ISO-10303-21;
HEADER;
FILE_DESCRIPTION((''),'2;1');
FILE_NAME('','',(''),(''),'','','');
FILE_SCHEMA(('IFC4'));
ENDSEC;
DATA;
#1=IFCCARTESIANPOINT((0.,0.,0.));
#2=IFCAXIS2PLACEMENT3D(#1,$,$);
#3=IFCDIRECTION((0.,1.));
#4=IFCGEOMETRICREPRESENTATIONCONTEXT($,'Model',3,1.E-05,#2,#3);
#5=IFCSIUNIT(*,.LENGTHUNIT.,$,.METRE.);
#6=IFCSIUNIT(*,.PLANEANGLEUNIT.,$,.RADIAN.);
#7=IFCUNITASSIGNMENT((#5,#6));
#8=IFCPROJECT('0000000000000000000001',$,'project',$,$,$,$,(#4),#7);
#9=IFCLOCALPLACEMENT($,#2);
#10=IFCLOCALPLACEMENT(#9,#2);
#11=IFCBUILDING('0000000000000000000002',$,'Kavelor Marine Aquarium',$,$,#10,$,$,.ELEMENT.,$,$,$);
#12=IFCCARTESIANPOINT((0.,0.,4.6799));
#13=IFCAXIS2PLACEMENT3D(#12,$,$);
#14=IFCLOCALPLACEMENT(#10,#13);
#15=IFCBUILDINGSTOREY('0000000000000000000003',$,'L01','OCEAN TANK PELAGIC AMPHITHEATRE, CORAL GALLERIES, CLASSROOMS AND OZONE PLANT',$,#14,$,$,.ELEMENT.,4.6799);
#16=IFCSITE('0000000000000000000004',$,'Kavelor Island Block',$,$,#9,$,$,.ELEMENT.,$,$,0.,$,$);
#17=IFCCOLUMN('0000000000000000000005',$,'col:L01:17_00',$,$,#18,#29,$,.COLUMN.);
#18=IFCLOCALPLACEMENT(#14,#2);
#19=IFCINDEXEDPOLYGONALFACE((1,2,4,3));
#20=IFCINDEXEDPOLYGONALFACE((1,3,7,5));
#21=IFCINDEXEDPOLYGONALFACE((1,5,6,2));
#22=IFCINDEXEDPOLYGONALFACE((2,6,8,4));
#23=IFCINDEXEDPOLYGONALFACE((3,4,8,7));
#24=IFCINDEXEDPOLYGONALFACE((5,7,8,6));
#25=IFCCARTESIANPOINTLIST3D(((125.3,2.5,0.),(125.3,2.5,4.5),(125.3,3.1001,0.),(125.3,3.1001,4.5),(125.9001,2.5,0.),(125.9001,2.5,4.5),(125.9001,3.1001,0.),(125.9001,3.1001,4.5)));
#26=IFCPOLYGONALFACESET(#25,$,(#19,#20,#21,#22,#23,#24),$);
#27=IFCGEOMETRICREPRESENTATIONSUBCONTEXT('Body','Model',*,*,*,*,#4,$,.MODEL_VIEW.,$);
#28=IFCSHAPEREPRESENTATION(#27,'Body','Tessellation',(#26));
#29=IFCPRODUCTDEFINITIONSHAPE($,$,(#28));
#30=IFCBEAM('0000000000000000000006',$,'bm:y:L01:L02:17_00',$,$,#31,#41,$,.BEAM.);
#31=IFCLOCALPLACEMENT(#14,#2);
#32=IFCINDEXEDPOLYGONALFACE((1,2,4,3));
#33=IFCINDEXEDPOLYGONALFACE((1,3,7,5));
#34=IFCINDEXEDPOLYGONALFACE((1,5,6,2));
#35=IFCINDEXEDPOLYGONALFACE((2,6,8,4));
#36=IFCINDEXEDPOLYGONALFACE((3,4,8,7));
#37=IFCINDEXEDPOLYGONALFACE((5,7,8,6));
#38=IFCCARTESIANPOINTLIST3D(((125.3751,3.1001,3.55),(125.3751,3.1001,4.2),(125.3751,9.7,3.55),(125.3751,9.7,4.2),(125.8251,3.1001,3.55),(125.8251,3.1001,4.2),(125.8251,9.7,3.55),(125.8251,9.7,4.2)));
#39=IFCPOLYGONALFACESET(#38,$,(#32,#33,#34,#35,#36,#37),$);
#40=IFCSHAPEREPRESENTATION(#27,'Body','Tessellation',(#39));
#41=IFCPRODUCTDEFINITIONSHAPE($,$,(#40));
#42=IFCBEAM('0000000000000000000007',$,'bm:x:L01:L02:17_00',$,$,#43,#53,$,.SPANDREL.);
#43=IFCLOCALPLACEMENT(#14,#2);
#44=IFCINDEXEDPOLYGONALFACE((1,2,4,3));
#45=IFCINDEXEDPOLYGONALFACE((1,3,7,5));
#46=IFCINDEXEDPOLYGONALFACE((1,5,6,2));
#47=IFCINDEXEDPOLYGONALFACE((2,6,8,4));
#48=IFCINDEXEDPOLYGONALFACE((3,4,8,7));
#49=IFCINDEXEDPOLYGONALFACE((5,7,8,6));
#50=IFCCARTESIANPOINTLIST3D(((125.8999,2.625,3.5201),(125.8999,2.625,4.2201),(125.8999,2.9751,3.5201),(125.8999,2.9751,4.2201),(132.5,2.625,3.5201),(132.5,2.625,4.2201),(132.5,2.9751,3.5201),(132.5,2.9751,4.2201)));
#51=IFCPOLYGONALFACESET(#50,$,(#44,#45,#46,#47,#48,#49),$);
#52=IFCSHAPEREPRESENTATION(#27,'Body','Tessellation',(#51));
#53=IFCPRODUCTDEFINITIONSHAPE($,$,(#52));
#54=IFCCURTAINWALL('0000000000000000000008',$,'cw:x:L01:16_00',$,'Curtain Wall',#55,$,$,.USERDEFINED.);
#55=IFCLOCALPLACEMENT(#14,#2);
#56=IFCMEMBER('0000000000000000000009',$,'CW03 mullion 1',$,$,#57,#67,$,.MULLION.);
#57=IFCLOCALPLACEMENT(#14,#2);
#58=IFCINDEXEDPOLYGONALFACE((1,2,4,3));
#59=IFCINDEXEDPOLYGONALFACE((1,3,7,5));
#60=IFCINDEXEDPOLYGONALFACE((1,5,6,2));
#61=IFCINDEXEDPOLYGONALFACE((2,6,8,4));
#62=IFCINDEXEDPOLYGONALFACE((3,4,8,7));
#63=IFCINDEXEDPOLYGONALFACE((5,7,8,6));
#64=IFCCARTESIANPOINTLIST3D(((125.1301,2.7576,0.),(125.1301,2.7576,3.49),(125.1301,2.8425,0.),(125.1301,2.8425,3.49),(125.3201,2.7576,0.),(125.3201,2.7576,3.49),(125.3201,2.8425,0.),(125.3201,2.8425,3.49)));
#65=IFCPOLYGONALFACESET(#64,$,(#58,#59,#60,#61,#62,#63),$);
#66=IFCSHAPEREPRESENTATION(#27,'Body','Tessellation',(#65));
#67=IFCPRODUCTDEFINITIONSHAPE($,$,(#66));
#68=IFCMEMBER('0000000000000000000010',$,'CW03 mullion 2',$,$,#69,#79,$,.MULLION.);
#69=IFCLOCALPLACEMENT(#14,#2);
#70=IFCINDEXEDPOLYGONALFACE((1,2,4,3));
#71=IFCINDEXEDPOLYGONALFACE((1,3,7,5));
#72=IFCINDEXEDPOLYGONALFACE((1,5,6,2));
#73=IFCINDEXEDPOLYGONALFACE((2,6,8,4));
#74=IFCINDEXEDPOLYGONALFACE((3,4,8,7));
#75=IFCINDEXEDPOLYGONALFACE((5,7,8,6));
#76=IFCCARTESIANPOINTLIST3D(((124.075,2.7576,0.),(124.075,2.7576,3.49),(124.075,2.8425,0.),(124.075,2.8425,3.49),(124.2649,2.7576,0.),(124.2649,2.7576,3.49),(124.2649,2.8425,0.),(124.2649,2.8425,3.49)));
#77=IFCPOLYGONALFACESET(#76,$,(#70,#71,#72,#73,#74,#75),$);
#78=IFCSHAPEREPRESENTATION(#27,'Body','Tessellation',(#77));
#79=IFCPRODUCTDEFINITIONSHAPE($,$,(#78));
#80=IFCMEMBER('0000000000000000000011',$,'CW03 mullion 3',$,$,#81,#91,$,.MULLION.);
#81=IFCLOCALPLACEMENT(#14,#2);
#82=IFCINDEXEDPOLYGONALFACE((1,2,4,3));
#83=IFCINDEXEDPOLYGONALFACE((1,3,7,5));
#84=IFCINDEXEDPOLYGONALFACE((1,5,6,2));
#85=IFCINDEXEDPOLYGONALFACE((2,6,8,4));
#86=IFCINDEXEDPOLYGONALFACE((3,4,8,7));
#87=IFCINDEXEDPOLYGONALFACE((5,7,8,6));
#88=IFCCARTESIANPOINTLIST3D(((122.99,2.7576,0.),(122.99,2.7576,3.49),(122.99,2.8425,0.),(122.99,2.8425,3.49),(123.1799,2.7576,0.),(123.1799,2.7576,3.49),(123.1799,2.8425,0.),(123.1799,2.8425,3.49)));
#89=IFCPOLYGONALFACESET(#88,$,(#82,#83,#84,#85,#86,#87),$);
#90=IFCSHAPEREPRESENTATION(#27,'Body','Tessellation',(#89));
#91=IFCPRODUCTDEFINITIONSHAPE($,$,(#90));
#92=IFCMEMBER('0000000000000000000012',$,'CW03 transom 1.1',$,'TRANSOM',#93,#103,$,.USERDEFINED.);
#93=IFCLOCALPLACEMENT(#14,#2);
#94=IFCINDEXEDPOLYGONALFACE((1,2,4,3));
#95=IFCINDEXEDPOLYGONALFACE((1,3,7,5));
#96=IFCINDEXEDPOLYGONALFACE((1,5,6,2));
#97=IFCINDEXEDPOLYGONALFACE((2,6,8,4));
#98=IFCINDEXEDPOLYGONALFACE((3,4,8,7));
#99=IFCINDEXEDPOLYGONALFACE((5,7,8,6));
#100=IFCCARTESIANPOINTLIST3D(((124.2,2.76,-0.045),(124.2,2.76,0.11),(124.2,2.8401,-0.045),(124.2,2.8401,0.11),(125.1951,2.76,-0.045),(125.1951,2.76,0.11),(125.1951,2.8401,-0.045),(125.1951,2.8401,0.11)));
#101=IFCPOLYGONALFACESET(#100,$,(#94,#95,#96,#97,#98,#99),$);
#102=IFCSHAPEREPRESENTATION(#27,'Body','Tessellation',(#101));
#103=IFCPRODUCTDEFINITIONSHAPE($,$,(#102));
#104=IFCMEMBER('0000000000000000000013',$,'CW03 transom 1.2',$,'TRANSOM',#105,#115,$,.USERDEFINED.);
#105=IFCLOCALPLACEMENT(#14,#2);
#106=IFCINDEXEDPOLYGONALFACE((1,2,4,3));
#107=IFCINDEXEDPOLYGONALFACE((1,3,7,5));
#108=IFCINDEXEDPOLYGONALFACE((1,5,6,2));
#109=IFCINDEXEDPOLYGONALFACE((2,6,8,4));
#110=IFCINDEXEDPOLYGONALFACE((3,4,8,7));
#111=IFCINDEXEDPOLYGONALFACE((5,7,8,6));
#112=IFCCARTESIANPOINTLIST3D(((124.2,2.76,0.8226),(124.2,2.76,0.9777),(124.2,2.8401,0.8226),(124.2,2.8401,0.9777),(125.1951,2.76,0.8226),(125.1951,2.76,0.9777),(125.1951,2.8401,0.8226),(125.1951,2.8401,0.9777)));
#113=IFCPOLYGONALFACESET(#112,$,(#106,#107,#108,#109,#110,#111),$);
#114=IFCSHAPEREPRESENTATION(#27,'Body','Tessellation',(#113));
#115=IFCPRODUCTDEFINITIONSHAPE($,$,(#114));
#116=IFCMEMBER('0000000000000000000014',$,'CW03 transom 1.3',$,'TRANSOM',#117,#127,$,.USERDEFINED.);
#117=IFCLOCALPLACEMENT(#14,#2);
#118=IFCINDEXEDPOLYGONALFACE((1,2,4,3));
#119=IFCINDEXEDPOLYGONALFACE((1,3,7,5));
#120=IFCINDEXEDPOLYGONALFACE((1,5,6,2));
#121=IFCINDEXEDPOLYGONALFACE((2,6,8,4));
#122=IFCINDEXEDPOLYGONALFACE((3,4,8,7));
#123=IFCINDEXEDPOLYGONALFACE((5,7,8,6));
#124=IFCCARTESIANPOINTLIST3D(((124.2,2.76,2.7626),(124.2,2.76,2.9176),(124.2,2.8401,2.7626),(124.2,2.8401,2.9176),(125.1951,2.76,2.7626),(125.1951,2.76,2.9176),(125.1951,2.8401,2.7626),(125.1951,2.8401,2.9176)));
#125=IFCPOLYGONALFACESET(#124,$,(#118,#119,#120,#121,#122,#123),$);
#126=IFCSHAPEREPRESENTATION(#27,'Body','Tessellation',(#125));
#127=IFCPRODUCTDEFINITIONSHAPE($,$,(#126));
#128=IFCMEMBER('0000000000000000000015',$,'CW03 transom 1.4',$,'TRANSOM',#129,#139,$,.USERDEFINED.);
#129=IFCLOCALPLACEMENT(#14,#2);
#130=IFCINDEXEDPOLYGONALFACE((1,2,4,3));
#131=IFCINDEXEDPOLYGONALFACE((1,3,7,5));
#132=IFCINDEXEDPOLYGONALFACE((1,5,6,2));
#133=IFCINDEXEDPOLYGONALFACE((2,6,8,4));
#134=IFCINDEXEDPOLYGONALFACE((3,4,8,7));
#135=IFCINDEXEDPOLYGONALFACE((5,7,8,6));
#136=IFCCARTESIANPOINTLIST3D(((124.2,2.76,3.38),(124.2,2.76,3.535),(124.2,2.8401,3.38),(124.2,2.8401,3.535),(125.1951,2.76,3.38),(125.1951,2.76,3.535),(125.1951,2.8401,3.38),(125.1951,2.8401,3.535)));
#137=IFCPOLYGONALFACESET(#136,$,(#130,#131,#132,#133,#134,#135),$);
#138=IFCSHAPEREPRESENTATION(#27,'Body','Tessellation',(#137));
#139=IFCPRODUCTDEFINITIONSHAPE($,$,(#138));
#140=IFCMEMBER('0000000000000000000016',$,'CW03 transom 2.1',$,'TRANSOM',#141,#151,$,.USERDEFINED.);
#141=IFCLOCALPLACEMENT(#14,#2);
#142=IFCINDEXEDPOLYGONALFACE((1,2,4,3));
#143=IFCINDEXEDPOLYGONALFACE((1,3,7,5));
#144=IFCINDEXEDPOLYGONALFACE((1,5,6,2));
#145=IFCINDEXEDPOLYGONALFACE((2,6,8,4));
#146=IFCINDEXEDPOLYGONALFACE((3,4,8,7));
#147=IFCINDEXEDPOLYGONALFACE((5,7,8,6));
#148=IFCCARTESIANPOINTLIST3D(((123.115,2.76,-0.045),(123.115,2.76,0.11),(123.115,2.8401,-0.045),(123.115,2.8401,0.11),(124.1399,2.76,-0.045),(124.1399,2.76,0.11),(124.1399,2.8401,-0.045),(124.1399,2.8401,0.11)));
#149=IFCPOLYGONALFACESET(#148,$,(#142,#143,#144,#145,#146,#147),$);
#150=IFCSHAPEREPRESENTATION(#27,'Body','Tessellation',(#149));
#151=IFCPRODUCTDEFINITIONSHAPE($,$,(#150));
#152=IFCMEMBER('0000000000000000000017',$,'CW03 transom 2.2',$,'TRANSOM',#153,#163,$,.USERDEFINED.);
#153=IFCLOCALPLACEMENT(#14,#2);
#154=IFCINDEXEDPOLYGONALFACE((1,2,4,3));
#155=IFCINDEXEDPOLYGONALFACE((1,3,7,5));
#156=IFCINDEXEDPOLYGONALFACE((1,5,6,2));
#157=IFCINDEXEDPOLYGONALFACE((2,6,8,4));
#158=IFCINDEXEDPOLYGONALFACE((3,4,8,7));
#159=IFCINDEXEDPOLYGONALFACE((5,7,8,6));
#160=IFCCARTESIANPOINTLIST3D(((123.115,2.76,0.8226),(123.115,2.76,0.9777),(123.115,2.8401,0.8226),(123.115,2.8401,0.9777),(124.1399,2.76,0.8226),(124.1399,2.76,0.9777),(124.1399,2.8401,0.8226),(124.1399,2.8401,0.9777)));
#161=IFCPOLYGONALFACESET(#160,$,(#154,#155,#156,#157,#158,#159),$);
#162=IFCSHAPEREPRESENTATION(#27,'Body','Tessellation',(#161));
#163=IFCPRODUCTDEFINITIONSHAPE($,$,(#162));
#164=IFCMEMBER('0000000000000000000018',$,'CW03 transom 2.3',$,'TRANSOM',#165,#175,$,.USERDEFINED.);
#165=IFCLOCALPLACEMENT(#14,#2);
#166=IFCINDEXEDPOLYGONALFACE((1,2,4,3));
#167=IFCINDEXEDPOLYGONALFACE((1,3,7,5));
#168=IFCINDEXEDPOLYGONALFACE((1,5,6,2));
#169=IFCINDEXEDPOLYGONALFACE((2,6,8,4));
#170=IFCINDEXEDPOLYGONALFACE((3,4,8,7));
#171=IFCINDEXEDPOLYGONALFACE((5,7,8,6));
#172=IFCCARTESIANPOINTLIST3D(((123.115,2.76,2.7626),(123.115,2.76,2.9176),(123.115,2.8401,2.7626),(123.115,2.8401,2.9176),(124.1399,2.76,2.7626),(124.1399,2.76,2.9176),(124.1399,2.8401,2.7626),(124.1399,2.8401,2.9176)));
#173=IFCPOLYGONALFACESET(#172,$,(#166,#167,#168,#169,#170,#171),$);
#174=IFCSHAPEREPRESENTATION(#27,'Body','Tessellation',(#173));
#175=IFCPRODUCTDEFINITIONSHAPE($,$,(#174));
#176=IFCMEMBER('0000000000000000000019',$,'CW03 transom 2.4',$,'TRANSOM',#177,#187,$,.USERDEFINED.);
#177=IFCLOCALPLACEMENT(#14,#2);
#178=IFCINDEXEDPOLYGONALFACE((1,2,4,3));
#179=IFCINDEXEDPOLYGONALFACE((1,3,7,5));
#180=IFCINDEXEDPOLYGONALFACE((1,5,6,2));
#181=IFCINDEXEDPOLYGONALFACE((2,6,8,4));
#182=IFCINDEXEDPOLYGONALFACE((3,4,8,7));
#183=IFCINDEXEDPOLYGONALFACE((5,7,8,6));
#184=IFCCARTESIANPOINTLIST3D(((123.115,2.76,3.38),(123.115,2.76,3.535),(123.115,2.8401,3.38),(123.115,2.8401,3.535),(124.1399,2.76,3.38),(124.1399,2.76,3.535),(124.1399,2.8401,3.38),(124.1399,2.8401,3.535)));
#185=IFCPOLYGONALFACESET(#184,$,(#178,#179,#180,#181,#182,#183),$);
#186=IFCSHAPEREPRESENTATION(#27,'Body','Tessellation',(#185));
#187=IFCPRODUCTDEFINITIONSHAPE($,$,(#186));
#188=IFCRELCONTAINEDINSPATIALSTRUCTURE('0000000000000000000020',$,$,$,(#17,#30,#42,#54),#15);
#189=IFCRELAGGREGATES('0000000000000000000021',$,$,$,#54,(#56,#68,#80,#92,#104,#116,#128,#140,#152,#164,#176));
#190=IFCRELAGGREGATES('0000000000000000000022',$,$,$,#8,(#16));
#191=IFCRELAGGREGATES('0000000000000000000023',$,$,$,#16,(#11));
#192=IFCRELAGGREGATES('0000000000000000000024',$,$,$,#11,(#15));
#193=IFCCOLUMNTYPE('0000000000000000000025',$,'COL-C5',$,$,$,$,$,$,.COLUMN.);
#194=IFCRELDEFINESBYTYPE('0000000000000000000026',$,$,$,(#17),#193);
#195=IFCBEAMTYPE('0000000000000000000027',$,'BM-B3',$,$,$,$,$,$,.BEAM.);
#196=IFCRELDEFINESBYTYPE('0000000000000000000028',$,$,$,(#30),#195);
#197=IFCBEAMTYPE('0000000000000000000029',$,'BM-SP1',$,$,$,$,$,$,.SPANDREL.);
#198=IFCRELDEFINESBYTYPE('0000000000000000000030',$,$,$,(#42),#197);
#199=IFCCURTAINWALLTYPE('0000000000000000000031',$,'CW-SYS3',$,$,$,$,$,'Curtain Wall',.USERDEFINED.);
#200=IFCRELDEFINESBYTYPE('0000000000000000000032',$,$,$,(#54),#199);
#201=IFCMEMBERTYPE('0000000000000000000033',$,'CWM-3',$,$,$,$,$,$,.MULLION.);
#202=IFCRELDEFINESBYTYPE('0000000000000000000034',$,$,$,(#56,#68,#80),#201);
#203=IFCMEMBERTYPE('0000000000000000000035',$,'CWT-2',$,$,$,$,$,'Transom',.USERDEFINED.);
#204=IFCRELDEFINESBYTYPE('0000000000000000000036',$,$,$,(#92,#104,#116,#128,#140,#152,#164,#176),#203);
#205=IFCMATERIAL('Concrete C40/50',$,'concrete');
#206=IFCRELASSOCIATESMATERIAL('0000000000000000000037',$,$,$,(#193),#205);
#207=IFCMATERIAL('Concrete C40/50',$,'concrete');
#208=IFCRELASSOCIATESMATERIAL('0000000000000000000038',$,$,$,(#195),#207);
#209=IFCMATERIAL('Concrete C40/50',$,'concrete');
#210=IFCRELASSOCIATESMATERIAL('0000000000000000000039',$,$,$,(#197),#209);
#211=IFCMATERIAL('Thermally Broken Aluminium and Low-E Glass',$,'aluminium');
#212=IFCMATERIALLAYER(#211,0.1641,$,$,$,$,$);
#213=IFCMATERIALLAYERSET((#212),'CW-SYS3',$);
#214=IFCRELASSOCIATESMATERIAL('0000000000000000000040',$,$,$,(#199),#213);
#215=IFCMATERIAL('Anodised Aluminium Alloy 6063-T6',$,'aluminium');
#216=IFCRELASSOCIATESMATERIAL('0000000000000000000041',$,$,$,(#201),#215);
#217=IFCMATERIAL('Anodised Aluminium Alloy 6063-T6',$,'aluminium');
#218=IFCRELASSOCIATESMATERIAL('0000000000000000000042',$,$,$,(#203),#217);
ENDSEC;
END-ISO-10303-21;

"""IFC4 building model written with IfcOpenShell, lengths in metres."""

from ifc_helpers import new_model, si_unit, direction, frame, origin, origin_2d, place, context, subcontext, project, spatial, rectangle, extrude, material, layer, layer_set, material_profile, profile_set, type_object, element, aggregate, save


model = new_model("IFC4")

# Units and contexts
model_context = context("Model", 3, precision=1e-05, world=origin(), true_north=direction((0.0, 1.0)))
body_context = subcontext(model_context, "Body", "Model", "MODEL_VIEW")
ifc_project = project(units=[si_unit("LENGTHUNIT", "METRE"), si_unit("PLANEANGLEUNIT", "RADIAN")], contexts=[model_context])

# Site, building, storey
site_placement = place(None, origin())
site = spatial("IfcSite", under=ifc_project, at=site_placement, Name="Kavelor Island Block", CompositionType="ELEMENT", RefElevation=0.0)
building_placement = place(site_placement, origin())
building = spatial("IfcBuilding", under=site, at=building_placement, Name="Kavelor Marine Aquarium", CompositionType="ELEMENT")
storey_placement = place(building_placement, frame((0.0, 0.0, 4.6799)))
storey = spatial("IfcBuildingStorey", under=building, at=storey_placement, Name="L01", Description="OCEAN TANK PELAGIC AMPHITHEATRE, CORAL GALLERIES, CLASSROOMS AND OZONE PLANT", CompositionType="ELEMENT", Elevation=4.6799)

# Column
ifc_material_1 = material(Name="Concrete C40/50", Category="concrete")
ifc_material_profile_1 = material_profile(ifc_material_1, rectangle(XDim=0.6001, YDim=0.6001, at=origin_2d()), Name="RC-COL 600x600")
ifc_profile_set_1 = profile_set([ifc_material_profile_1], Name="Concrete C40/50")
column_type = type_object("IfcColumnType", Name="COL-C5", PredefinedType="COLUMN", material=ifc_profile_set_1)
column_placement = place(storey_placement, frame((125.6001, 2.8, 0.0), z_axis=(0.0, 0.0, 1.0), x_axis=(1.0, 0.0, 0.0)))
element("IfcColumn", 1, at=column_placement, inside=storey, type_object=column_type, Name="col:L01:17_00", PredefinedType="COLUMN", context=body_context, shape_type="SweptSolid", body=[
    extrude(rectangle(XDim=0.6001, YDim=0.6001, at=origin_2d()), origin(), (0.0, 0.0, 1.0), 4.5),
])

# Beams
ifc_material_2 = material(Name="Concrete C40/50", Category="concrete")
ifc_material_profile_2 = material_profile(ifc_material_2, rectangle(XDim=0.45, YDim=0.6499, at=origin_2d()), Name="RC-BM 450x650")
ifc_profile_set_2 = profile_set([ifc_material_profile_2], Name="Concrete C40/50")
beam_type_1 = type_object("IfcBeamType", Name="BM-B3", PredefinedType="BEAM", material=ifc_profile_set_2)
beam_1_placement = place(storey_placement, frame((125.6001, 3.1001, 3.875), z_axis=(0.0, 1.0, 0.0), x_axis=(-1.0, 0.0, 0.0)))
element("IfcBeam", 2, at=beam_1_placement, inside=storey, type_object=beam_type_1, Name="bm:y:L01:L02:17_00", PredefinedType="BEAM", context=body_context, shape_type="SweptSolid", body=[
    extrude(rectangle(XDim=0.45, YDim=0.6499, at=origin_2d()), origin(), (0.0, 0.0, 1.0), 6.5999),
])
ifc_material_3 = material(Name="Concrete C40/50", Category="concrete")
ifc_material_profile_3 = material_profile(ifc_material_3, rectangle(XDim=0.3501, YDim=0.7, at=origin_2d()), Name="RC-SP 350x700")
ifc_profile_set_3 = profile_set([ifc_material_profile_3], Name="Concrete C40/50")
beam_type_2 = type_object("IfcBeamType", Name="BM-SP1", PredefinedType="SPANDREL", material=ifc_profile_set_3)
beam_2_placement = place(storey_placement, frame((125.8999, 2.8, 3.8701), z_axis=(1.0, 0.0, 0.0), x_axis=(0.0, 1.0, 0.0)))
element("IfcBeam", 3, at=beam_2_placement, inside=storey, type_object=beam_type_2, Name="bm:x:L01:L02:17_00", PredefinedType="SPANDREL", context=body_context, shape_type="SweptSolid", body=[
    extrude(rectangle(XDim=0.3501, YDim=0.7, at=origin_2d()), origin(), (0.0, 0.0, 1.0), 6.6001),
])

# Curtain wall, members
ifc_material_4 = material(Name="Thermally Broken Aluminium and Low-E Glass", Category="aluminium")
ifc_layer_1 = layer(ifc_material_4, 0.1641)
ifc_layer_set_1 = layer_set([ifc_layer_1], Name="CW-SYS3")
curtain_wall_type = type_object("IfcCurtainWallType", Name="CW-SYS3", ElementType="Curtain Wall", PredefinedType="USERDEFINED", material=ifc_layer_set_1)
curtain_wall_placement = place(storey_placement, origin())
curtain_wall = element("IfcCurtainWall", 4, at=curtain_wall_placement, inside=storey, type_object=curtain_wall_type, Name="cw:x:L01:16_00", ObjectType="Curtain Wall", PredefinedType="USERDEFINED")
ifc_material_5 = material(Name="Anodised Aluminium Alloy 6063-T6", Category="aluminium")
ifc_material_profile_4 = material_profile(ifc_material_5, rectangle(XDim=0.085, YDim=0.1899, at=origin_2d()), Name="CW-MUL 85x190")
ifc_profile_set_4 = profile_set([ifc_material_profile_4], Name="Anodised Aluminium Alloy 6063-T6")
member_type_1 = type_object("IfcMemberType", Name="CWM-3", PredefinedType="MULLION", material=ifc_profile_set_4)
member_1_placement = place(storey_placement, frame((125.2251, 2.8, 0.0), z_axis=(0.0, 0.0, 1.0), x_axis=(0.0, -1.0, 0.0)))
member_1 = element("IfcMember", 5, at=member_1_placement, type_object=member_type_1, Name="CW03 mullion 1", PredefinedType="MULLION", context=body_context, shape_type="SweptSolid", body=[
    extrude(rectangle(XDim=0.085, YDim=0.1899, at=origin_2d()), origin(), (0.0, 0.0, 1.0), 3.49),
])
member_2_placement = place(storey_placement, frame((124.1699, 2.8, 0.0), z_axis=(0.0, 0.0, 1.0), x_axis=(0.0, -1.0, 0.0)))
member_2 = element("IfcMember", 6, at=member_2_placement, type_object=member_type_1, Name="CW03 mullion 2", PredefinedType="MULLION", context=body_context, shape_type="SweptSolid", body=[
    extrude(rectangle(XDim=0.085, YDim=0.1899, at=origin_2d()), origin(), (0.0, 0.0, 1.0), 3.49),
])
member_3_placement = place(storey_placement, frame((123.085, 2.8, 0.0), z_axis=(0.0, 0.0, 1.0), x_axis=(0.0, -1.0, 0.0)))
member_3 = element("IfcMember", 7, at=member_3_placement, type_object=member_type_1, Name="CW03 mullion 3", PredefinedType="MULLION", context=body_context, shape_type="SweptSolid", body=[
    extrude(rectangle(XDim=0.085, YDim=0.1899, at=origin_2d()), origin(), (0.0, 0.0, 1.0), 3.49),
])
ifc_material_6 = material(Name="Anodised Aluminium Alloy 6063-T6", Category="aluminium")
ifc_material_profile_5 = material_profile(ifc_material_6, rectangle(XDim=0.0801, YDim=0.155, at=origin_2d()), Name="CW-TRN 80x155")
ifc_profile_set_5 = profile_set([ifc_material_profile_5], Name="Anodised Aluminium Alloy 6063-T6")
member_type_2 = type_object("IfcMemberType", Name="CWT-2", ElementType="Transom", PredefinedType="USERDEFINED", material=ifc_profile_set_5)
member_4_placement = place(storey_placement, frame((125.1951, 2.8, 0.0325), z_axis=(-1.0, 0.0, 0.0), x_axis=(0.0, -1.0, 0.0)))
member_4 = element("IfcMember", 8, at=member_4_placement, type_object=member_type_2, Name="CW03 transom 1.1", ObjectType="TRANSOM", PredefinedType="USERDEFINED", context=body_context, shape_type="SweptSolid", body=[
    extrude(rectangle(XDim=0.0801, YDim=0.155, at=origin_2d()), origin(), (0.0, 0.0, 1.0), 0.9951),
])
member_5_placement = place(storey_placement, frame((125.1951, 2.8, 0.9001), z_axis=(-1.0, 0.0, 0.0), x_axis=(0.0, -1.0, 0.0)))
member_5 = element("IfcMember", 9, at=member_5_placement, type_object=member_type_2, Name="CW03 transom 1.2", ObjectType="TRANSOM", PredefinedType="USERDEFINED", context=body_context, shape_type="SweptSolid", body=[
    extrude(rectangle(XDim=0.0801, YDim=0.155, at=origin_2d()), origin(), (0.0, 0.0, 1.0), 0.9951),
])
member_6_placement = place(storey_placement, frame((125.1951, 2.8, 2.8401), z_axis=(-1.0, 0.0, 0.0), x_axis=(0.0, -1.0, 0.0)))
member_6 = element("IfcMember", 10, at=member_6_placement, type_object=member_type_2, Name="CW03 transom 1.3", ObjectType="TRANSOM", PredefinedType="USERDEFINED", context=body_context, shape_type="SweptSolid", body=[
    extrude(rectangle(XDim=0.0801, YDim=0.155, at=origin_2d()), origin(), (0.0, 0.0, 1.0), 0.9951),
])
member_7_placement = place(storey_placement, frame((125.1951, 2.8, 3.4575), z_axis=(-1.0, 0.0, 0.0), x_axis=(0.0, -1.0, 0.0)))
member_7 = element("IfcMember", 11, at=member_7_placement, type_object=member_type_2, Name="CW03 transom 1.4", ObjectType="TRANSOM", PredefinedType="USERDEFINED", context=body_context, shape_type="SweptSolid", body=[
    extrude(rectangle(XDim=0.0801, YDim=0.155, at=origin_2d()), origin(), (0.0, 0.0, 1.0), 0.9951),
])
member_8_placement = place(storey_placement, frame((124.1399, 2.8, 0.0325), z_axis=(-1.0, 0.0, 0.0), x_axis=(0.0, -1.0, 0.0)))
member_8 = element("IfcMember", 12, at=member_8_placement, type_object=member_type_2, Name="CW03 transom 2.1", ObjectType="TRANSOM", PredefinedType="USERDEFINED", context=body_context, shape_type="SweptSolid", body=[
    extrude(rectangle(XDim=0.0801, YDim=0.155, at=origin_2d()), origin(), (0.0, 0.0, 1.0), 1.0249),
])
member_9_placement = place(storey_placement, frame((124.1399, 2.8, 0.9001), z_axis=(-1.0, 0.0, 0.0), x_axis=(0.0, -1.0, 0.0)))
member_9 = element("IfcMember", 13, at=member_9_placement, type_object=member_type_2, Name="CW03 transom 2.2", ObjectType="TRANSOM", PredefinedType="USERDEFINED", context=body_context, shape_type="SweptSolid", body=[
    extrude(rectangle(XDim=0.0801, YDim=0.155, at=origin_2d()), origin(), (0.0, 0.0, 1.0), 1.0249),
])
member_10_placement = place(storey_placement, frame((124.1399, 2.8, 2.8401), z_axis=(-1.0, 0.0, 0.0), x_axis=(0.0, -1.0, 0.0)))
member_10 = element("IfcMember", 14, at=member_10_placement, type_object=member_type_2, Name="CW03 transom 2.3", ObjectType="TRANSOM", PredefinedType="USERDEFINED", context=body_context, shape_type="SweptSolid", body=[
    extrude(rectangle(XDim=0.0801, YDim=0.155, at=origin_2d()), origin(), (0.0, 0.0, 1.0), 1.0249),
])
member_11_placement = place(storey_placement, frame((124.1399, 2.8, 3.4575), z_axis=(-1.0, 0.0, 0.0), x_axis=(0.0, -1.0, 0.0)))
member_11 = element("IfcMember", 15, at=member_11_placement, type_object=member_type_2, Name="CW03 transom 2.4", ObjectType="TRANSOM", PredefinedType="USERDEFINED", context=body_context, shape_type="SweptSolid", body=[
    extrude(rectangle(XDim=0.0801, YDim=0.155, at=origin_2d()), origin(), (0.0, 0.0, 1.0), 1.0249),
])
aggregate(curtain_wall, [member_1, member_2, member_3, member_4, member_5, member_6, member_7, member_8, member_9, member_10, member_11])

save(model, "model.ifc")
